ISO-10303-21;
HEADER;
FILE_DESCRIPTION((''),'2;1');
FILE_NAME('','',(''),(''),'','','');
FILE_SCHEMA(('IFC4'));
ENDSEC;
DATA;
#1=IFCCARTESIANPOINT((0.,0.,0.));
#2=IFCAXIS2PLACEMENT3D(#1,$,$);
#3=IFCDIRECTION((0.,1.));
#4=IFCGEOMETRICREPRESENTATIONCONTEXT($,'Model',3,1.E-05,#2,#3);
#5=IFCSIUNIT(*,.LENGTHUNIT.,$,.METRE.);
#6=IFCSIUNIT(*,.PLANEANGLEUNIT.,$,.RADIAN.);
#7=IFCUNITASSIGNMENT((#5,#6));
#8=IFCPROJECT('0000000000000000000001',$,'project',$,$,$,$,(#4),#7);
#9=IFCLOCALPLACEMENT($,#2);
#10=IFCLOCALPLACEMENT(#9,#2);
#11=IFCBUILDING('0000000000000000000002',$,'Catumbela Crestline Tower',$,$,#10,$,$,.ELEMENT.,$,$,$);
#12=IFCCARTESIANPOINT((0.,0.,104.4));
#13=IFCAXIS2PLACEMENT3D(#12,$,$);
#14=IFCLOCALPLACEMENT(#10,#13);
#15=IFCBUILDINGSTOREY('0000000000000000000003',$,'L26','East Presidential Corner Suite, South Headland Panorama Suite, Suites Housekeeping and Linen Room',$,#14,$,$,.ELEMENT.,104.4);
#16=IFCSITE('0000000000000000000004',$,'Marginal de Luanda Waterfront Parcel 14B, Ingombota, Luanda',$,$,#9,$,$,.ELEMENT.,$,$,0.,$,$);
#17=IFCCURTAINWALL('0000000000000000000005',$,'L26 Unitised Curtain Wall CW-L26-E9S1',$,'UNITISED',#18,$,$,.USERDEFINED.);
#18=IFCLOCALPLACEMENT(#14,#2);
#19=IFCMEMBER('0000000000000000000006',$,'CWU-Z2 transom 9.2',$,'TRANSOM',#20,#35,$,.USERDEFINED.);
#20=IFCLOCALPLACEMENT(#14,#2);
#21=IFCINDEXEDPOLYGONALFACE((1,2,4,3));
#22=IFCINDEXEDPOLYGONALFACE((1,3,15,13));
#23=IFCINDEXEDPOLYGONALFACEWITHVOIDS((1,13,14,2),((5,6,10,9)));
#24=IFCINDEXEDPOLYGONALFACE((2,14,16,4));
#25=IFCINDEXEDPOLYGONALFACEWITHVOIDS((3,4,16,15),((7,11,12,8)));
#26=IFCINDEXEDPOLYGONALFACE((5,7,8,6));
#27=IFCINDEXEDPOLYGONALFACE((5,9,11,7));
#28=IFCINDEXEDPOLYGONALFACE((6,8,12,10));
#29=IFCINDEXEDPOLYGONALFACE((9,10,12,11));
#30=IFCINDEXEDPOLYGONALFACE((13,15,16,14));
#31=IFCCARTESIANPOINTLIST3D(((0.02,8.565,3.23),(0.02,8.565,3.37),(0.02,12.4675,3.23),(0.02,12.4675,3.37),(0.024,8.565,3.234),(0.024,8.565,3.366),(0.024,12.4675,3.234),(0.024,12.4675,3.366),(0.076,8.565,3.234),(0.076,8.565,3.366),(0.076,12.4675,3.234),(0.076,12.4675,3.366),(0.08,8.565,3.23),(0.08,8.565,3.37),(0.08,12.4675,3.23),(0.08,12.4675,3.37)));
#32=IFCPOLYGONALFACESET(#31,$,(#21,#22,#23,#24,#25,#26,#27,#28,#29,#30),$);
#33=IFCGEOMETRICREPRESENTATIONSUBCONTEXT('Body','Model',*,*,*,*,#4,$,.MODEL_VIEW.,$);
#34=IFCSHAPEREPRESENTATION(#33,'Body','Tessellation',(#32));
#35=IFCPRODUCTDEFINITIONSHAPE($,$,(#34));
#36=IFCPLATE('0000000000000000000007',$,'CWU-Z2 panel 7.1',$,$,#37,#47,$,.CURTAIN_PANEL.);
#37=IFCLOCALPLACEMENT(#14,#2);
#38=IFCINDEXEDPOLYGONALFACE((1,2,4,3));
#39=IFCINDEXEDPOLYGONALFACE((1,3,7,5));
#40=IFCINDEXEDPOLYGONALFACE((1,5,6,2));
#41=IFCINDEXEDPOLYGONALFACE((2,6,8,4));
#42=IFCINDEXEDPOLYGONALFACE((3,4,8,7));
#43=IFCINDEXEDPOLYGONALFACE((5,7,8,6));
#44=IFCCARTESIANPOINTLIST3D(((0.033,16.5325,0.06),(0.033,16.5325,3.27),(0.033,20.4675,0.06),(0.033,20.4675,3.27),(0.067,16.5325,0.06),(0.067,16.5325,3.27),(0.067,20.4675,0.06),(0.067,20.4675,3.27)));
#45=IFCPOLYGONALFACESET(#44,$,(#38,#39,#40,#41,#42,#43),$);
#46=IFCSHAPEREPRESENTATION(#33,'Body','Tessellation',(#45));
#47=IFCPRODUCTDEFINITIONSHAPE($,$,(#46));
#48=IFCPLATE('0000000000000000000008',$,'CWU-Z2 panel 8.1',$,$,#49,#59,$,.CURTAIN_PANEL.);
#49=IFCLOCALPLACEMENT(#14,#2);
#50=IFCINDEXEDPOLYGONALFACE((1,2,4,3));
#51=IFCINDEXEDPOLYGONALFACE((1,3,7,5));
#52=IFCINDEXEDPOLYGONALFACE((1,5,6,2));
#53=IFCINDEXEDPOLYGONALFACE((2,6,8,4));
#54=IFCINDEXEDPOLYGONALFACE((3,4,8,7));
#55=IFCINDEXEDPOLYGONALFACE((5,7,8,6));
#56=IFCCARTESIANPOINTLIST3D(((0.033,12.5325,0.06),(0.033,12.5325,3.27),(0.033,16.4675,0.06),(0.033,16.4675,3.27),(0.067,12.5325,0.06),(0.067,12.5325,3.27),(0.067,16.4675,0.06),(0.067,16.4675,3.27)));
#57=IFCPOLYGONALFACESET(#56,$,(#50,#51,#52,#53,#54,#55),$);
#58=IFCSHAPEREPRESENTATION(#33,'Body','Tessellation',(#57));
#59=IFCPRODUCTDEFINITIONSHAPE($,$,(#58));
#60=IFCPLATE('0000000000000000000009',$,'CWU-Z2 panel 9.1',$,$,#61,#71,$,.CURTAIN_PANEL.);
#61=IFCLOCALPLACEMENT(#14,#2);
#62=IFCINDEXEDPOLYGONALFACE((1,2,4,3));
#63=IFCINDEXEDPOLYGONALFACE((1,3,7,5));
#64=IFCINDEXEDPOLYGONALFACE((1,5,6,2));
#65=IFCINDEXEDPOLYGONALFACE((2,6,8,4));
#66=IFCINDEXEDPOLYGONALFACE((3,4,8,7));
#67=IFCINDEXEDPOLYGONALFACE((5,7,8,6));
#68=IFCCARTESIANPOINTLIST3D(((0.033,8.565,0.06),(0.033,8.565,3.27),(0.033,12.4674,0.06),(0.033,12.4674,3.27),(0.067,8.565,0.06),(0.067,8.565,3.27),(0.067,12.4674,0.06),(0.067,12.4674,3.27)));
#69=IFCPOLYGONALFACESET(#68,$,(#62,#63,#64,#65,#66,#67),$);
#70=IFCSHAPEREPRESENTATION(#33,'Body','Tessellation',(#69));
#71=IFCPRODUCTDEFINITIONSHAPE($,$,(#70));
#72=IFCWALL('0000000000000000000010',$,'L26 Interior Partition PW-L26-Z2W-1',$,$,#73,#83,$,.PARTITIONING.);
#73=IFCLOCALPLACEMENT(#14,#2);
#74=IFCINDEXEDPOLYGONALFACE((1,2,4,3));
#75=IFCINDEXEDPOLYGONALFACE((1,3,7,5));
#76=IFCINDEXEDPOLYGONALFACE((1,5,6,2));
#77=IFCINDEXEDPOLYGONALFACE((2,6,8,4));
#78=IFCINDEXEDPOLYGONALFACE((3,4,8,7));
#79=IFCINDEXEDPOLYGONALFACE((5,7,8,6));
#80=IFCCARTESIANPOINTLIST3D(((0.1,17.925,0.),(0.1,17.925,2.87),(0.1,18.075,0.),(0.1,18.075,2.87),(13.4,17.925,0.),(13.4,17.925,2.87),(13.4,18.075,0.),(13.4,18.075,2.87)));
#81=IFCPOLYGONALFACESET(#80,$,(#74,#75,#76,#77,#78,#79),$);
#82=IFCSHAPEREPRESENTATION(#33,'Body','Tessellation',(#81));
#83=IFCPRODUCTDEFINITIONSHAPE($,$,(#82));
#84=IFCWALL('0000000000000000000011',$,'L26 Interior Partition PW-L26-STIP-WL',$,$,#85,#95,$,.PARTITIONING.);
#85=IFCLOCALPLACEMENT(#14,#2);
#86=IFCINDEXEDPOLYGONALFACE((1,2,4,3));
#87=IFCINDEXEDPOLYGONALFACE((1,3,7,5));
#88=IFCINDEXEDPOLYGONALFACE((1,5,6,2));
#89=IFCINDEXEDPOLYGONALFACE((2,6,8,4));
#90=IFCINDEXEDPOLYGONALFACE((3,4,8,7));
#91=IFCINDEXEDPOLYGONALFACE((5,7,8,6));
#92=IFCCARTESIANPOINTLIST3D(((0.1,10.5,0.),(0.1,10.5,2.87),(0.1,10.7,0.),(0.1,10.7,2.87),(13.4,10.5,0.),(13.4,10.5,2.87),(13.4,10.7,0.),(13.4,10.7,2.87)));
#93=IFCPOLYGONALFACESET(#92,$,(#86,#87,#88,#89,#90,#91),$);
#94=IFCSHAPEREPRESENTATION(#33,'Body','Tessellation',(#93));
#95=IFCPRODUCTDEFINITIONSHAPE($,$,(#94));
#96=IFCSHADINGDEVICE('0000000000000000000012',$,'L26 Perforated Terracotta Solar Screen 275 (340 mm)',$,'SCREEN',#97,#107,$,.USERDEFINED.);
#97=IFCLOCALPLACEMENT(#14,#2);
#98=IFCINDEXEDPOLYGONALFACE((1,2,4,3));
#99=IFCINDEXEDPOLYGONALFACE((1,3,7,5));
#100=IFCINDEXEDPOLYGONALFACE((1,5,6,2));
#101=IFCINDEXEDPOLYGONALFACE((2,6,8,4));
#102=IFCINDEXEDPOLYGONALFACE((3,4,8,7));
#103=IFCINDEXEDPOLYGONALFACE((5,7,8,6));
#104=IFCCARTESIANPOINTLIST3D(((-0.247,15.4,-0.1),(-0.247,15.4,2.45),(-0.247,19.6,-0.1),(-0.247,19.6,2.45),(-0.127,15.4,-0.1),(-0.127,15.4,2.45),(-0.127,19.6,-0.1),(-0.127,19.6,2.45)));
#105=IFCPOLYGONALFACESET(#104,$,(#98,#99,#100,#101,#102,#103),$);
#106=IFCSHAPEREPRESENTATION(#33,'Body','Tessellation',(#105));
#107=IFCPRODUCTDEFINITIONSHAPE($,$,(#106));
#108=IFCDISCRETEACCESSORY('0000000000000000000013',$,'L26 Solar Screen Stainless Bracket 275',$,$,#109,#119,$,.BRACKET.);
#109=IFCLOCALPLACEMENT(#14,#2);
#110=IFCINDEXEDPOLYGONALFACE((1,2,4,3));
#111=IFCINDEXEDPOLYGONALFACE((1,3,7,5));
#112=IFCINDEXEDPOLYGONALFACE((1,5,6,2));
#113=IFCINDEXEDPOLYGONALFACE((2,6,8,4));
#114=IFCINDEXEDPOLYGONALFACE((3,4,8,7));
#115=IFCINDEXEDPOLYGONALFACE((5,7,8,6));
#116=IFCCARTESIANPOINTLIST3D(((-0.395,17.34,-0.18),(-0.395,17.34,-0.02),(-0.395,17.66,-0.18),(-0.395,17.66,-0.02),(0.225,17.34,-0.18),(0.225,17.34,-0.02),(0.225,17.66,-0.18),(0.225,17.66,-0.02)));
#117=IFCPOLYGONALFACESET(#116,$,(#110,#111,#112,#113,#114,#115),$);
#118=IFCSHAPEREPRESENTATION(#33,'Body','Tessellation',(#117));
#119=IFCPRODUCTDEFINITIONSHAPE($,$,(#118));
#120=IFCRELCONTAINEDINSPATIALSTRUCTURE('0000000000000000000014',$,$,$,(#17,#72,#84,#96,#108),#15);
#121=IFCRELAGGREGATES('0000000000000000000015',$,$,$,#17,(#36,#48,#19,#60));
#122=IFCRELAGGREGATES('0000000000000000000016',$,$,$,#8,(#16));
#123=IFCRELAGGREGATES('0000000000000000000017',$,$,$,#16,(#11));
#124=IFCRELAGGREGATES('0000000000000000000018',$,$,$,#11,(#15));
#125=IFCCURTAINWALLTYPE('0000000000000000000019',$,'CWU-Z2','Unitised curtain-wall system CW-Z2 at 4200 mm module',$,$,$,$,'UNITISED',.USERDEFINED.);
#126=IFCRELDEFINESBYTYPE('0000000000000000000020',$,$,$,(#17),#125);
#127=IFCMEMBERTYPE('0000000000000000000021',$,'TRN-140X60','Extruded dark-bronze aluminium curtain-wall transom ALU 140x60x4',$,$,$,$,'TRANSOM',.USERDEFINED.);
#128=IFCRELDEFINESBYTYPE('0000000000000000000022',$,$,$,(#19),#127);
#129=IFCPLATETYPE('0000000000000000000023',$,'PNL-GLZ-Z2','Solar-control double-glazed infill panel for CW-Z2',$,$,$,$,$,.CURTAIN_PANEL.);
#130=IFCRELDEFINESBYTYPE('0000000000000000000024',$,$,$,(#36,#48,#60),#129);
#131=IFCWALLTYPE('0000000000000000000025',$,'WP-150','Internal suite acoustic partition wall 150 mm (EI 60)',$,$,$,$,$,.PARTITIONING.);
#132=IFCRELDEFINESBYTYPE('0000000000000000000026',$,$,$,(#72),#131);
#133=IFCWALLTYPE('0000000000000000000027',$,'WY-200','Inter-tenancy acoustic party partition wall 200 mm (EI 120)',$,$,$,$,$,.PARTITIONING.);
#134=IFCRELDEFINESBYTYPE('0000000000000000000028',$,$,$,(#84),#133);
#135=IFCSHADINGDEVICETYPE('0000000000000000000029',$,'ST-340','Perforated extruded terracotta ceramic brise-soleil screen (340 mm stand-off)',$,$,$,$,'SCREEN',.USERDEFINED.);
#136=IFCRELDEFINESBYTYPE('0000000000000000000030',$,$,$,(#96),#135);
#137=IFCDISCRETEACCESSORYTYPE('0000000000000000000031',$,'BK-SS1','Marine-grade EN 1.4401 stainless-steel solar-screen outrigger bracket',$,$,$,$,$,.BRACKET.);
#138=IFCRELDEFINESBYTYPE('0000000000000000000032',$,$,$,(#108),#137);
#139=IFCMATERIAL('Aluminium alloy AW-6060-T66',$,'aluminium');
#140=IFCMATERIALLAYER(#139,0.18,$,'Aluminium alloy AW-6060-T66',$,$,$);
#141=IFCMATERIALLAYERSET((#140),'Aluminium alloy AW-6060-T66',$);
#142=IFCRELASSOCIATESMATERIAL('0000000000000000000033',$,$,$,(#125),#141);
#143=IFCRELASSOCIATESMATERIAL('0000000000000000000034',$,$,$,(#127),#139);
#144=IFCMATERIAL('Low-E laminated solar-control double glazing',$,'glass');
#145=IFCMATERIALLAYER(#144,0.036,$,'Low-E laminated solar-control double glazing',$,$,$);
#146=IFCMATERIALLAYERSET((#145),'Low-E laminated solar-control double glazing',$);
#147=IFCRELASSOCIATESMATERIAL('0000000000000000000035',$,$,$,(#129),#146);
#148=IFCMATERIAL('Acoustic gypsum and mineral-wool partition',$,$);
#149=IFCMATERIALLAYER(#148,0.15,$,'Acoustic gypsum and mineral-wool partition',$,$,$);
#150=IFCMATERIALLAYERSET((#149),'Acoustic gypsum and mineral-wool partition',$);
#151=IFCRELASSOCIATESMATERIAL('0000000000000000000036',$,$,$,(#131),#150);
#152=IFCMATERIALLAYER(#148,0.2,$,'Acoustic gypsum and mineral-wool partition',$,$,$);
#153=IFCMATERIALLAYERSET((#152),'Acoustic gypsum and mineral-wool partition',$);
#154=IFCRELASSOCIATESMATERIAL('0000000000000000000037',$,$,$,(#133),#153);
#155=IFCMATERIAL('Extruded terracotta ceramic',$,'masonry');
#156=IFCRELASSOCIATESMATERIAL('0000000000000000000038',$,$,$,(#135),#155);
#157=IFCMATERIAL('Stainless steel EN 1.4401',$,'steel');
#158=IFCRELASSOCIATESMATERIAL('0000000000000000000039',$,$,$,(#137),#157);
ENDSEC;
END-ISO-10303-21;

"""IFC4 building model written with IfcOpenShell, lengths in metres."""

from ifc_helpers import new_model, si_unit, direction, frame, frame_2d, origin, origin_2d, place, context, subcontext, project, spatial, rectangle, hollow_rectangle, extrude, material, layer, layer_set, material_profile, profile_set, type_object, element, aggregate, save


model = new_model("IFC4")

# Units and contexts
model_context = context("Model", 3, precision=1e-05, world=origin(), true_north=direction((0.0, 1.0)))
body_context = subcontext(model_context, "Body", "Model", "MODEL_VIEW")
ifc_project = project(units=[si_unit("LENGTHUNIT", "METRE"), si_unit("PLANEANGLEUNIT", "RADIAN")], contexts=[model_context])

# Site, building, storey
site_placement = place(None, origin())
site = spatial("IfcSite", under=ifc_project, at=site_placement, Name="Marginal de Luanda Waterfront Parcel 14B, Ingombota, Luanda", CompositionType="ELEMENT", RefElevation=0.0)
building_placement = place(site_placement, origin())
building = spatial("IfcBuilding", under=site, at=building_placement, Name="Catumbela Crestline Tower", CompositionType="ELEMENT")
storey_placement = place(building_placement, frame((0.0, 0.0, 104.4)))
storey = spatial("IfcBuildingStorey", under=building, at=storey_placement, Name="L26", Description="East Presidential Corner Suite, South Headland Panorama Suite, Suites Housekeeping and Linen Room", CompositionType="ELEMENT", Elevation=104.4)

# Curtain wall
ifc_material_1 = material(Name="Aluminium alloy AW-6060-T66", Category="aluminium")
ifc_layer_1 = layer(ifc_material_1, 0.18, Name="Aluminium alloy AW-6060-T66")
ifc_layer_set_1 = layer_set([ifc_layer_1], Name="Aluminium alloy AW-6060-T66")
curtain_wall_type = type_object("IfcCurtainWallType", Name="CWU-Z2", Description="Unitised curtain-wall system CW-Z2 at 4200 mm module", ElementType="UNITISED", PredefinedType="USERDEFINED", material=ifc_layer_set_1)
curtain_wall_placement = place(storey_placement, origin())
curtain_wall = element("IfcCurtainWall", 1, at=curtain_wall_placement, inside=storey, type_object=curtain_wall_type, Name="L26 Unitised Curtain Wall CW-L26-E9S1", ObjectType="UNITISED", PredefinedType="USERDEFINED")

# Member
ifc_material_profile_1 = material_profile(ifc_material_1, hollow_rectangle(XDim=0.06, YDim=0.14, WallThickness=0.004, at=origin_2d()), Name="ALU 140x60x4")
ifc_profile_set_1 = profile_set([ifc_material_profile_1], Name="Aluminium alloy AW-6060-T66")
member_type_1 = type_object("IfcMemberType", Name="TRN-140X60", Description="Extruded dark-bronze aluminium curtain-wall transom ALU 140x60x4", ElementType="TRANSOM", PredefinedType="USERDEFINED", material=ifc_profile_set_1)
member_1_placement = place(storey_placement, frame((0.05, 12.4675, 3.3), z_axis=(0.0, -1.0, 0.0), x_axis=(1.0, 0.0, 0.0)))
member_1 = element("IfcMember", 2, at=member_1_placement, type_object=member_type_1, Name="CWU-Z2 transom 9.2", ObjectType="TRANSOM", PredefinedType="USERDEFINED", context=body_context, shape_type="SweptSolid", body=[
    extrude(hollow_rectangle(XDim=0.06, YDim=0.14, WallThickness=0.004, at=origin_2d()), origin(), (0.0, 0.0, 1.0), 3.9025),
])

# Plates
ifc_material_2 = material(Name="Low-E laminated solar-control double glazing", Category="glass")
ifc_layer_2 = layer(ifc_material_2, 0.036, Name="Low-E laminated solar-control double glazing")
ifc_layer_set_2 = layer_set([ifc_layer_2], Name="Low-E laminated solar-control double glazing")
plate_type = type_object("IfcPlateType", Name="PNL-GLZ-Z2", Description="Solar-control double-glazed infill panel for CW-Z2", PredefinedType="CURTAIN_PANEL", material=ifc_layer_set_2)
plate_1_placement = place(storey_placement, frame((0.05, 18.5, 0.06), z_axis=(0.0, 0.0, 1.0), x_axis=(0.0, -1.0, 0.0)))
plate_1 = element("IfcPlate", 3, at=plate_1_placement, type_object=plate_type, Name="CWU-Z2 panel 7.1", PredefinedType="CURTAIN_PANEL", context=body_context, shape_type="SweptSolid", body=[
    extrude(rectangle(XDim=3.935, YDim=0.034, at=origin_2d()), origin(), (0.0, 0.0, 1.0), 3.21),
])
plate_2_placement = place(storey_placement, frame((0.05, 14.5, 0.06), z_axis=(0.0, 0.0, 1.0), x_axis=(0.0, -1.0, 0.0)))
plate_2 = element("IfcPlate", 4, at=plate_2_placement, type_object=plate_type, Name="CWU-Z2 panel 8.1", PredefinedType="CURTAIN_PANEL", context=body_context, shape_type="SweptSolid", body=[
    extrude(rectangle(XDim=3.935, YDim=0.034, at=origin_2d()), origin(), (0.0, 0.0, 1.0), 3.21),
])
plate_3_placement = place(storey_placement, frame((0.05, 10.5162, 0.06), z_axis=(0.0, 0.0, 1.0), x_axis=(0.0, -1.0, 0.0)))
plate_3 = element("IfcPlate", 5, at=plate_3_placement, type_object=plate_type, Name="CWU-Z2 panel 9.1", PredefinedType="CURTAIN_PANEL", context=body_context, shape_type="SweptSolid", body=[
    extrude(rectangle(XDim=3.9025, YDim=0.034, at=origin_2d()), origin(), (0.0, 0.0, 1.0), 3.21),
])
aggregate(curtain_wall, [plate_1, plate_2, member_1, plate_3])

# Walls
ifc_material_3 = material(Name="Acoustic gypsum and mineral-wool partition")
ifc_layer_3 = layer(ifc_material_3, 0.15, Name="Acoustic gypsum and mineral-wool partition")
ifc_layer_set_3 = layer_set([ifc_layer_3], Name="Acoustic gypsum and mineral-wool partition")
wall_type_1 = type_object("IfcWallType", Name="WP-150", Description="Internal suite acoustic partition wall 150 mm (EI 60)", PredefinedType="PARTITIONING", material=ifc_layer_set_3)
wall_1_placement = place(storey_placement, frame((0.1, 18.0, 0.0), z_axis=(0.0, 0.0, 1.0), x_axis=(1.0, 0.0, 0.0)))
element("IfcWall", 6, at=wall_1_placement, inside=storey, type_object=wall_type_1, Name="L26 Interior Partition PW-L26-Z2W-1", PredefinedType="PARTITIONING", context=body_context, shape_type="SweptSolid", body=[
    extrude(rectangle(XDim=13.3, YDim=0.15, at=frame_2d((6.65, 0.0))), origin(), (0.0, 0.0, 1.0), 2.87),
])
ifc_layer_4 = layer(ifc_material_3, 0.2, Name="Acoustic gypsum and mineral-wool partition")
ifc_layer_set_4 = layer_set([ifc_layer_4], Name="Acoustic gypsum and mineral-wool partition")
wall_type_2 = type_object("IfcWallType", Name="WY-200", Description="Inter-tenancy acoustic party partition wall 200 mm (EI 120)", PredefinedType="PARTITIONING", material=ifc_layer_set_4)
wall_2_placement = place(storey_placement, frame((0.1, 10.6, 0.0), z_axis=(0.0, 0.0, 1.0), x_axis=(1.0, 0.0, 0.0)))
element("IfcWall", 7, at=wall_2_placement, inside=storey, type_object=wall_type_2, Name="L26 Interior Partition PW-L26-STIP-WL", PredefinedType="PARTITIONING", context=body_context, shape_type="SweptSolid", body=[
    extrude(rectangle(XDim=13.3, YDim=0.2, at=frame_2d((6.65, 0.0))), origin(), (0.0, 0.0, 1.0), 2.87),
])

# Shading device
ifc_material_4 = material(Name="Extruded terracotta ceramic", Category="masonry")
shading_device_type = type_object("IfcShadingDeviceType", Name="ST-340", Description="Perforated extruded terracotta ceramic brise-soleil screen (340 mm stand-off)", ElementType="SCREEN", PredefinedType="USERDEFINED", material=ifc_material_4)
shading_device_placement = place(storey_placement, frame((-0.187, 17.5, -0.1), z_axis=(0.0, 0.0, 1.0), x_axis=(0.0, -1.0, 0.0)))
element("IfcShadingDevice", 8, at=shading_device_placement, inside=storey, type_object=shading_device_type, Name="L26 Perforated Terracotta Solar Screen 275 (340 mm)", ObjectType="SCREEN", PredefinedType="USERDEFINED", context=body_context, shape_type="SweptSolid", body=[
    extrude(rectangle(XDim=4.2, YDim=0.12, at=origin_2d()), origin(), (0.0, 0.0, 1.0), 2.55),
])

# Discrete accessory
ifc_material_5 = material(Name="Stainless steel EN 1.4401", Category="steel")
discrete_accessory_type = type_object("IfcDiscreteAccessoryType", Name="BK-SS1", Description="Marine-grade EN 1.4401 stainless-steel solar-screen outrigger bracket", PredefinedType="BRACKET", material=ifc_material_5)
discrete_accessory_placement = place(storey_placement, frame((-0.085, 17.5, -0.18), z_axis=(0.0, 0.0, 1.0), x_axis=(0.0, -1.0, 0.0)))
element("IfcDiscreteAccessory", 9, at=discrete_accessory_placement, inside=storey, type_object=discrete_accessory_type, Name="L26 Solar Screen Stainless Bracket 275", PredefinedType="BRACKET", context=body_context, shape_type="SweptSolid", body=[
    extrude(rectangle(XDim=0.32, YDim=0.62, at=origin_2d()), origin(), (0.0, 0.0, 1.0), 0.16),
])

save(model, "model.ifc")
